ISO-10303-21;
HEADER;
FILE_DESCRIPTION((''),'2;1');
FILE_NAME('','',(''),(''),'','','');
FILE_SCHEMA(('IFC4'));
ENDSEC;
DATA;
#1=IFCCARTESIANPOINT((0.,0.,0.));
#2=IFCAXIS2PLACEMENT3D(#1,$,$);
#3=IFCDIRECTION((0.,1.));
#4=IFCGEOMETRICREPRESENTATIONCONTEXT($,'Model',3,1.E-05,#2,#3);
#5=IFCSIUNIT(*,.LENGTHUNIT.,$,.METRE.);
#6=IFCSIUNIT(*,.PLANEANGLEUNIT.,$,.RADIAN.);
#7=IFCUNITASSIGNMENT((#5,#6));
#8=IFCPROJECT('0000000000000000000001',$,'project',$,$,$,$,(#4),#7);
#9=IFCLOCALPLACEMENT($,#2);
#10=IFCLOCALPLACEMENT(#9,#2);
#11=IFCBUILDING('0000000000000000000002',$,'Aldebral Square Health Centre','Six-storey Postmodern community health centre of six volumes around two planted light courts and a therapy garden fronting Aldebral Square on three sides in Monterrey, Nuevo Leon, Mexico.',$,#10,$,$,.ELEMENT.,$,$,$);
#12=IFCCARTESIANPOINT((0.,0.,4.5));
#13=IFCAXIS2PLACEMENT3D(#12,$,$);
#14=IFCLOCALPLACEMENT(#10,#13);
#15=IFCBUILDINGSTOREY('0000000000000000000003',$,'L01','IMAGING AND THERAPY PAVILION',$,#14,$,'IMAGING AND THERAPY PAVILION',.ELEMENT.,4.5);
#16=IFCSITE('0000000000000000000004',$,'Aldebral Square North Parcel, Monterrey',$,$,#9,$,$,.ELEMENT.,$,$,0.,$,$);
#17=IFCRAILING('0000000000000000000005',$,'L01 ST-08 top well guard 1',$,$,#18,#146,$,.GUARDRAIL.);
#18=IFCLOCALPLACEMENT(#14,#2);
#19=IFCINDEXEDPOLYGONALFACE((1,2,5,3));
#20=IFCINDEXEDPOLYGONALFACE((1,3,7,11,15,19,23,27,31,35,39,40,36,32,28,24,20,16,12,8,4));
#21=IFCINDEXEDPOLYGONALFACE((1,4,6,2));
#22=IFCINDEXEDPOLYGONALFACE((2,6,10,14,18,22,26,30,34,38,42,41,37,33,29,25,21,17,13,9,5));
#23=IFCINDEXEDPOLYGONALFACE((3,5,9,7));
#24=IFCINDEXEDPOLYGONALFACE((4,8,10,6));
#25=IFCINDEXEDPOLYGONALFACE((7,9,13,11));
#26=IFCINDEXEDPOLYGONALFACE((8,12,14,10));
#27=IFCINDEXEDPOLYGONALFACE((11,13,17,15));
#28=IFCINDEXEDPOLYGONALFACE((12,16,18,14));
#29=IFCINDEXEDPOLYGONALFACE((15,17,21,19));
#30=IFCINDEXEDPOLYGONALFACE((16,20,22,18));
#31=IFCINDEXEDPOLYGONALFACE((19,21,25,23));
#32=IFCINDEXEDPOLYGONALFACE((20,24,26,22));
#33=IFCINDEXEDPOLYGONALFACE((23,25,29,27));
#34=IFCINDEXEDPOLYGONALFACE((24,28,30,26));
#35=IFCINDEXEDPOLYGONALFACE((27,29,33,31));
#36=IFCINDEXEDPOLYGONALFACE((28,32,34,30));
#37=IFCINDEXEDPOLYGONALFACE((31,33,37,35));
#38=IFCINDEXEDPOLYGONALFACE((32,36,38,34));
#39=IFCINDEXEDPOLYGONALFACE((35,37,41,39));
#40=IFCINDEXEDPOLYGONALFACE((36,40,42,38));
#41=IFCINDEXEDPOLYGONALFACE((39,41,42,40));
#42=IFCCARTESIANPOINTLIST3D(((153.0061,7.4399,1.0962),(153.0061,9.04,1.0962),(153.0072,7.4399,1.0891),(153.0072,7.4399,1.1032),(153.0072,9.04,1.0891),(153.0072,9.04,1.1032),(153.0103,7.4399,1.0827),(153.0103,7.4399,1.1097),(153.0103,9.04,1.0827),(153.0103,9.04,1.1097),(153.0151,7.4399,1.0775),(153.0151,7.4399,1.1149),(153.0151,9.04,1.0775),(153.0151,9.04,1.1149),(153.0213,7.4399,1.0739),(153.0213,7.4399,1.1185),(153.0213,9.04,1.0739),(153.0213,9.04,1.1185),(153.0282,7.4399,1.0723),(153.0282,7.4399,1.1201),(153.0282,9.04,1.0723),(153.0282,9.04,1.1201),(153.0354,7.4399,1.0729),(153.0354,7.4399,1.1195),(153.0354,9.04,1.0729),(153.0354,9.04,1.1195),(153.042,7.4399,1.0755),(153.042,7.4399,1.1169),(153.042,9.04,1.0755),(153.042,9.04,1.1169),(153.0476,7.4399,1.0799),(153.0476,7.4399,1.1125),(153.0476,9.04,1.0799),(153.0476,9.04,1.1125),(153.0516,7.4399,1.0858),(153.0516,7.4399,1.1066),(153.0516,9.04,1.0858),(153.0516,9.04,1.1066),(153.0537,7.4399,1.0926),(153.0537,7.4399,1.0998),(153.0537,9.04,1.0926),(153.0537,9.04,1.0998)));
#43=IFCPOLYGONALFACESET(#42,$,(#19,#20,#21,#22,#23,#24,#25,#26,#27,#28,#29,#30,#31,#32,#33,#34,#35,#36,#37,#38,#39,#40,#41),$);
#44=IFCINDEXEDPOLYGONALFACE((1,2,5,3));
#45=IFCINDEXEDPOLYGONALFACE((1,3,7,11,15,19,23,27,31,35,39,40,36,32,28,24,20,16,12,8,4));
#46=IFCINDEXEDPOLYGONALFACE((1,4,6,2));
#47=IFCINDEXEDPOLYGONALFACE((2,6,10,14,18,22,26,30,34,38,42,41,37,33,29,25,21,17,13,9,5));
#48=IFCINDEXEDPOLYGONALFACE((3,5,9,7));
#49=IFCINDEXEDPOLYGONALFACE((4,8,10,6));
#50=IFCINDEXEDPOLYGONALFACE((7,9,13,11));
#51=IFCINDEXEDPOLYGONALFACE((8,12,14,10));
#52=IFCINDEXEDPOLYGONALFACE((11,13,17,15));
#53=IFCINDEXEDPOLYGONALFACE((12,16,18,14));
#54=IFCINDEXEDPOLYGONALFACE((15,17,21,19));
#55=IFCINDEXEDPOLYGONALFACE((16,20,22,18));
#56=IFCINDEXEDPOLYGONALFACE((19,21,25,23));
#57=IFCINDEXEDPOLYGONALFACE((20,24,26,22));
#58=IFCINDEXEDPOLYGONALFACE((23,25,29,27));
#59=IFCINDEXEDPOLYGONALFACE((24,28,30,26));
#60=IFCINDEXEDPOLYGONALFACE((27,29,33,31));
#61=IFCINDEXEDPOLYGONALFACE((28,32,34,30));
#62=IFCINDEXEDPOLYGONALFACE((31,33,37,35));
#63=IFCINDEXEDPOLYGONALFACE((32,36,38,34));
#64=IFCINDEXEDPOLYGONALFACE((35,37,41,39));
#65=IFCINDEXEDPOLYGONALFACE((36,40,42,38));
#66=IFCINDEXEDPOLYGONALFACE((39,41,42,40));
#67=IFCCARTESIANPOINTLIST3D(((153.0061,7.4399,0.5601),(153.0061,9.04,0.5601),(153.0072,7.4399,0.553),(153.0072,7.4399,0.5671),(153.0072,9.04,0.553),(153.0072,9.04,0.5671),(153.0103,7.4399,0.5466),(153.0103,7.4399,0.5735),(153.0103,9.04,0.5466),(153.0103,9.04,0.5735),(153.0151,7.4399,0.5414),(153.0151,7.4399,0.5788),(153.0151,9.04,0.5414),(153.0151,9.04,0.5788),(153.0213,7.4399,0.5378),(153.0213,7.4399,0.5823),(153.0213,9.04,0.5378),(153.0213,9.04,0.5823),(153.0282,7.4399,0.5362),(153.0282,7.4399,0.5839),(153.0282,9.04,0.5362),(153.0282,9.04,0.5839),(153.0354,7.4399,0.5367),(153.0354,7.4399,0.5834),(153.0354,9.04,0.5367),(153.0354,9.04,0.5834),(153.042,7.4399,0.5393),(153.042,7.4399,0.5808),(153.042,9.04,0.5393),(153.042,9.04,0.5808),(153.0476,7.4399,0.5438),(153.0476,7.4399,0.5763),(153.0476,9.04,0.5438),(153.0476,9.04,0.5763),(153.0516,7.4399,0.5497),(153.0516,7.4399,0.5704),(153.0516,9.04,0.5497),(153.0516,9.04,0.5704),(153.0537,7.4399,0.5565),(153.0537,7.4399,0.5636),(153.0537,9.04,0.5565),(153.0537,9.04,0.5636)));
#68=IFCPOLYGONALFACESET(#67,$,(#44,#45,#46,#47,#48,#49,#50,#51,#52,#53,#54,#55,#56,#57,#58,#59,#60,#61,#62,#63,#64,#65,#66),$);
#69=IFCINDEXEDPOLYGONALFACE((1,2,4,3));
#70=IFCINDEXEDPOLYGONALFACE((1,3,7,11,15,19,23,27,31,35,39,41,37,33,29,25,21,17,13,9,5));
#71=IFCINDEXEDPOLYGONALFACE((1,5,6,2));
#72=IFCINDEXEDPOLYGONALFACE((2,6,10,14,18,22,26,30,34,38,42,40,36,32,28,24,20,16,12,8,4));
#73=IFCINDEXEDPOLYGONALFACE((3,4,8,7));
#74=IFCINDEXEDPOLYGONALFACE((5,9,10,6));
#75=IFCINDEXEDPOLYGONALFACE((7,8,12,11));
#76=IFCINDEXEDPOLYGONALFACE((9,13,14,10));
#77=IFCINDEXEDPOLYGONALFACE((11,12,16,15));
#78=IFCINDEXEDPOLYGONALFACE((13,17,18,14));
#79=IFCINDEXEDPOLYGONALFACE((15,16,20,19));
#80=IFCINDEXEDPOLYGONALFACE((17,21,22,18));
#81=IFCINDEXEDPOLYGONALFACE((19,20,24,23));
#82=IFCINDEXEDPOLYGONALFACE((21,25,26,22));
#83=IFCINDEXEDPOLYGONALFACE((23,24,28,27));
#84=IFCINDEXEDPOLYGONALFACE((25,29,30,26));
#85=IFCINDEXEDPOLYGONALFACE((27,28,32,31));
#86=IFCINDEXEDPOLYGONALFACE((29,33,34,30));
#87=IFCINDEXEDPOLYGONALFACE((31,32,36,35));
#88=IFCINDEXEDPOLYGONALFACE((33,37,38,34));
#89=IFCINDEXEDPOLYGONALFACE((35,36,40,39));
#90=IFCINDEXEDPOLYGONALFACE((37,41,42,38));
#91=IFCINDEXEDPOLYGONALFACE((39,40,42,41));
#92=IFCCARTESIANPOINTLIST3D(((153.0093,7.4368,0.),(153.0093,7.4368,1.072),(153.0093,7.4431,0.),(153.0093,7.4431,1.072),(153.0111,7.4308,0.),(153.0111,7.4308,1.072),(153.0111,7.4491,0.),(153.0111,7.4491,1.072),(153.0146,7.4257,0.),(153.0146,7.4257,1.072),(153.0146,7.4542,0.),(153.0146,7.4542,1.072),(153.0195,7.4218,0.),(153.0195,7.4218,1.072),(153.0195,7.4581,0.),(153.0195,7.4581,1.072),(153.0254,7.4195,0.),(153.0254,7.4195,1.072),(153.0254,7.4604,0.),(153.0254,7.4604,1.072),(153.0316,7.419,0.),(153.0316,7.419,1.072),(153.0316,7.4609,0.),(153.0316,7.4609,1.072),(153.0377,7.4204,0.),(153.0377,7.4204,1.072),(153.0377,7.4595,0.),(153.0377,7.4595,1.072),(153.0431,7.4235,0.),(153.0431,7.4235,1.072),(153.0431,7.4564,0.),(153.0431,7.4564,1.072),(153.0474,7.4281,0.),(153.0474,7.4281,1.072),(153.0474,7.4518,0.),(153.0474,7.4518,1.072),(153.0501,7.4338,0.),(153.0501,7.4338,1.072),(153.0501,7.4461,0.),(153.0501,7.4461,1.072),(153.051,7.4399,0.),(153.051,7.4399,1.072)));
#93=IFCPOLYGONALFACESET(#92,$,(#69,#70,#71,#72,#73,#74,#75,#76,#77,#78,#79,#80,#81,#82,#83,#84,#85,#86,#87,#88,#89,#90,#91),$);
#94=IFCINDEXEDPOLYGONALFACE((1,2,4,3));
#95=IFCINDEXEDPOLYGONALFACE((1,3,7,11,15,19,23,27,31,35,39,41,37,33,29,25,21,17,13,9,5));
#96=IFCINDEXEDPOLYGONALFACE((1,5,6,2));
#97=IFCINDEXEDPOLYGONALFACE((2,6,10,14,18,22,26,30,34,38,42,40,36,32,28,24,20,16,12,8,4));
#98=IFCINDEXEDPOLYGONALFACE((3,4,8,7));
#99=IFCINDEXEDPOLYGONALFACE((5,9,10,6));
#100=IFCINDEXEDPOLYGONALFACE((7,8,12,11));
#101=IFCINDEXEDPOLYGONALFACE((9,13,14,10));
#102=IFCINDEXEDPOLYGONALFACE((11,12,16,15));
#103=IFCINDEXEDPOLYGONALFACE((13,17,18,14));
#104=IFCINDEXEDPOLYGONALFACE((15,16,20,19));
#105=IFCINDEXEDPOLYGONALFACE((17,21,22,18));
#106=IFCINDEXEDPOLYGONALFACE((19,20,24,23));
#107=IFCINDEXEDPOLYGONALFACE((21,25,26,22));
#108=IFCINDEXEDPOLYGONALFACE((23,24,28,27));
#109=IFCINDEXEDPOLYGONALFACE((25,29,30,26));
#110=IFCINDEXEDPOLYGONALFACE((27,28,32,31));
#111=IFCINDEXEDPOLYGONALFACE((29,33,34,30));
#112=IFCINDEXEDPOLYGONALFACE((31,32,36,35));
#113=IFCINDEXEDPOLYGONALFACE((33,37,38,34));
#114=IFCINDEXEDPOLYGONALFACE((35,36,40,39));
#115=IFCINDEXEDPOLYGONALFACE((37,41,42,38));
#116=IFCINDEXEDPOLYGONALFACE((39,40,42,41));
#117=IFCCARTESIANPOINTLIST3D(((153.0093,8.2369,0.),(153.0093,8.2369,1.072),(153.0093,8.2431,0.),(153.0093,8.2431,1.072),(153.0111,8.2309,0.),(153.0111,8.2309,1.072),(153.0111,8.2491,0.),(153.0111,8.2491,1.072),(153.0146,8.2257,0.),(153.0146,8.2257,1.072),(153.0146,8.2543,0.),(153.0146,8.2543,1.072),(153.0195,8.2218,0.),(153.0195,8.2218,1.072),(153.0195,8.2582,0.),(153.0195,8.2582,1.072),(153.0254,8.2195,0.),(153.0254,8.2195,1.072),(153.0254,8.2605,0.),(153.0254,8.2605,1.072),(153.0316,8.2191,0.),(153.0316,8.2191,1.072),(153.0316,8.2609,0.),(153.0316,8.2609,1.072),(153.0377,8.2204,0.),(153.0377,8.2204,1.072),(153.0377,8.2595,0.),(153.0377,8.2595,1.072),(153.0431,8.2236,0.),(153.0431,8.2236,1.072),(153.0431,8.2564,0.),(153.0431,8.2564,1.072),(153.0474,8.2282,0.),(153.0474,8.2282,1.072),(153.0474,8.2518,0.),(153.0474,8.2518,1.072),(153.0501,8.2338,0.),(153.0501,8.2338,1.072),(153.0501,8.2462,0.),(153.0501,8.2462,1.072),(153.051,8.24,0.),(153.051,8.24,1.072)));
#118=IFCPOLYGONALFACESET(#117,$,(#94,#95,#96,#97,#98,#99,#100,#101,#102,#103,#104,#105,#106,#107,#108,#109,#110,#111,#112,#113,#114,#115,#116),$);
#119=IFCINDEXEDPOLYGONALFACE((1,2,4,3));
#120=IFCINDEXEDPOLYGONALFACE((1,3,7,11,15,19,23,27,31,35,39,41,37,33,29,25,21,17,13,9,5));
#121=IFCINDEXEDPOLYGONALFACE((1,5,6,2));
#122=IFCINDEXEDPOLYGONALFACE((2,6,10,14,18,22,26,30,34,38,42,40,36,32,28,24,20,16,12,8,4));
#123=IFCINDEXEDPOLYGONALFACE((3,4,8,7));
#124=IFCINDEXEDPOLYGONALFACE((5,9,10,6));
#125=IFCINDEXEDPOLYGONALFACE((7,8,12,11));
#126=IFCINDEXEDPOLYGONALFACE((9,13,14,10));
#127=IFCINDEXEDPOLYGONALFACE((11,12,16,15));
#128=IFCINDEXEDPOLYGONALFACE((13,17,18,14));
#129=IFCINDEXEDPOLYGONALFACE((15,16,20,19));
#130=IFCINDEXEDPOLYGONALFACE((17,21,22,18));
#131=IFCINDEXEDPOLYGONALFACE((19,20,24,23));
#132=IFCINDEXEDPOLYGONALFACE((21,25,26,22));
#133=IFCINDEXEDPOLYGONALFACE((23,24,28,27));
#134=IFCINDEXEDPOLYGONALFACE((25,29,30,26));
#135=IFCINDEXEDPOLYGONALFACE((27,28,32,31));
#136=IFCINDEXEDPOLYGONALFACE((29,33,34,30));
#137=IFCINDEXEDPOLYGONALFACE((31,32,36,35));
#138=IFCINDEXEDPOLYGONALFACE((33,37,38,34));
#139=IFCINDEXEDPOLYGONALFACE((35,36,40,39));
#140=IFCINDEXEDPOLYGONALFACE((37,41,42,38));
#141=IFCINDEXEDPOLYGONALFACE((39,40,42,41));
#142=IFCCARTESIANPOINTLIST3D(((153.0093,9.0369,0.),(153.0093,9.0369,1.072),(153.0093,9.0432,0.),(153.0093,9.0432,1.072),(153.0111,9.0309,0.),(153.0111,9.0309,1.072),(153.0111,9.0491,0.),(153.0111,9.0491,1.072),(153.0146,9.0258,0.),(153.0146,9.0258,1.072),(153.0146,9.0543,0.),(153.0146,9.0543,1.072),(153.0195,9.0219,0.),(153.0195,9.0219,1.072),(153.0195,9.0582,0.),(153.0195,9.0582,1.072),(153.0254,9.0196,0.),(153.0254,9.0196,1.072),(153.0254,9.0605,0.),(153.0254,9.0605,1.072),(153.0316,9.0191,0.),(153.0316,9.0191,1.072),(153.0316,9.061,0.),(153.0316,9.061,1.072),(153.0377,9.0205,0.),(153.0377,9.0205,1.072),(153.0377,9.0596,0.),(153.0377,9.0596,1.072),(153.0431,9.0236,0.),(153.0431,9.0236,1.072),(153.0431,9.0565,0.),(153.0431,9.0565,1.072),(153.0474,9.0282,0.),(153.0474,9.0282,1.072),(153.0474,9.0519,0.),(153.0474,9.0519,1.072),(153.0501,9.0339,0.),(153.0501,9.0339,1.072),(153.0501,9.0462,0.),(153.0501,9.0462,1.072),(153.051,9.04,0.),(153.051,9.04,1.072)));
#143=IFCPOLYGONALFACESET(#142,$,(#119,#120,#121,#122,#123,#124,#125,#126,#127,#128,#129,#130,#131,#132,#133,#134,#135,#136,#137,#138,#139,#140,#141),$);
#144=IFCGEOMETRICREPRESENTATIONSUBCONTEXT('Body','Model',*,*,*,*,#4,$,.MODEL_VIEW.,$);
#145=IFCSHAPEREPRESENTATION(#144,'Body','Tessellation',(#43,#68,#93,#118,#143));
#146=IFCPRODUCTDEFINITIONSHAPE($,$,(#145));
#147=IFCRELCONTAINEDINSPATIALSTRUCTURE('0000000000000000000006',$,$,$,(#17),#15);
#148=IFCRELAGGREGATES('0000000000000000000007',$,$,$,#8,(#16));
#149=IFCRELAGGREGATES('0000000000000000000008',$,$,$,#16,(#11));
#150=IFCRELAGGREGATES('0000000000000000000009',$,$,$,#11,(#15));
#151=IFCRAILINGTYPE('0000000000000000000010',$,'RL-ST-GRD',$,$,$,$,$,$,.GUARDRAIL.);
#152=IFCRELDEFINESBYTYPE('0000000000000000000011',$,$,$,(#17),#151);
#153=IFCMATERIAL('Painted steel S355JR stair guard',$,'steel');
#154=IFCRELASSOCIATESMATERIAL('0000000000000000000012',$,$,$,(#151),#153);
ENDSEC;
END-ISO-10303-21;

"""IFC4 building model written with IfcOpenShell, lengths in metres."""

from ifc_helpers import new_model, si_unit, direction, frame, origin, origin_2d, place, context, subcontext, project, spatial, circle, extrude, material, type_object, element, save


model = new_model("IFC4")

# Units and contexts
model_context = context("Model", 3, precision=1e-05, world=origin(), true_north=direction((0.0, 1.0)))
body_context = subcontext(model_context, "Body", "Model", "MODEL_VIEW")
ifc_project = project(units=[si_unit("LENGTHUNIT", "METRE"), si_unit("PLANEANGLEUNIT", "RADIAN")], contexts=[model_context])

# Site, building, storey
site_placement = place(None, origin())
site = spatial("IfcSite", under=ifc_project, at=site_placement, Name="Aldebral Square North Parcel, Monterrey", CompositionType="ELEMENT", RefElevation=0.0)
building_placement = place(site_placement, origin())
building = spatial("IfcBuilding", under=site, at=building_placement, Name="Aldebral Square Health Centre", Description="Six-storey Postmodern community health centre of six volumes around two planted light courts and a therapy garden fronting Aldebral Square on three sides in Monterrey, Nuevo Leon, Mexico.", CompositionType="ELEMENT")
storey_placement = place(building_placement, frame((0.0, 0.0, 4.5)))
storey = spatial("IfcBuildingStorey", under=building, at=storey_placement, Name="L01", Description="IMAGING AND THERAPY PAVILION", LongName="IMAGING AND THERAPY PAVILION", CompositionType="ELEMENT", Elevation=4.5)

# Railing
ifc_material_1 = material(Name="Painted steel S355JR stair guard", Category="steel")
railing_type = type_object("IfcRailingType", Name="RL-ST-GRD", PredefinedType="GUARDRAIL", material=ifc_material_1)
railing_1_placement = place(storey_placement, frame((153.03, 7.4399, 0.0)))
element("IfcRailing", 1, at=railing_1_placement, inside=storey, type_object=railing_type, Name="L01 ST-08 top well guard 1", PredefinedType="GUARDRAIL", context=body_context, shape_type="SweptSolid", body=[
    extrude(circle(Radius=0.0239, at=origin_2d()), frame((0.0, 0.0, 1.0962), z_axis=(0.0, 1.0, 0.0), x_axis=(-1.0, 0.0, 0.0)), (0.0, 0.0, 1.0), 1.6001),
    extrude(circle(Radius=0.0239, at=origin_2d()), frame((0.0, 0.0, 0.5601), z_axis=(0.0, 1.0, 0.0), x_axis=(-1.0, 0.0, 0.0)), (0.0, 0.0, 1.0), 1.6001),
    extrude(circle(Radius=0.021, at=origin_2d()), origin(), (0.0, 0.0, 1.0), 1.072),
    extrude(circle(Radius=0.021, at=origin_2d()), frame((0.0, 0.8, 0.0)), (0.0, 0.0, 1.0), 1.072),
    extrude(circle(Radius=0.021, at=origin_2d()), frame((0.0, 1.6001, 0.0)), (0.0, 0.0, 1.0), 1.072),
])

save(model, "model.ifc")
